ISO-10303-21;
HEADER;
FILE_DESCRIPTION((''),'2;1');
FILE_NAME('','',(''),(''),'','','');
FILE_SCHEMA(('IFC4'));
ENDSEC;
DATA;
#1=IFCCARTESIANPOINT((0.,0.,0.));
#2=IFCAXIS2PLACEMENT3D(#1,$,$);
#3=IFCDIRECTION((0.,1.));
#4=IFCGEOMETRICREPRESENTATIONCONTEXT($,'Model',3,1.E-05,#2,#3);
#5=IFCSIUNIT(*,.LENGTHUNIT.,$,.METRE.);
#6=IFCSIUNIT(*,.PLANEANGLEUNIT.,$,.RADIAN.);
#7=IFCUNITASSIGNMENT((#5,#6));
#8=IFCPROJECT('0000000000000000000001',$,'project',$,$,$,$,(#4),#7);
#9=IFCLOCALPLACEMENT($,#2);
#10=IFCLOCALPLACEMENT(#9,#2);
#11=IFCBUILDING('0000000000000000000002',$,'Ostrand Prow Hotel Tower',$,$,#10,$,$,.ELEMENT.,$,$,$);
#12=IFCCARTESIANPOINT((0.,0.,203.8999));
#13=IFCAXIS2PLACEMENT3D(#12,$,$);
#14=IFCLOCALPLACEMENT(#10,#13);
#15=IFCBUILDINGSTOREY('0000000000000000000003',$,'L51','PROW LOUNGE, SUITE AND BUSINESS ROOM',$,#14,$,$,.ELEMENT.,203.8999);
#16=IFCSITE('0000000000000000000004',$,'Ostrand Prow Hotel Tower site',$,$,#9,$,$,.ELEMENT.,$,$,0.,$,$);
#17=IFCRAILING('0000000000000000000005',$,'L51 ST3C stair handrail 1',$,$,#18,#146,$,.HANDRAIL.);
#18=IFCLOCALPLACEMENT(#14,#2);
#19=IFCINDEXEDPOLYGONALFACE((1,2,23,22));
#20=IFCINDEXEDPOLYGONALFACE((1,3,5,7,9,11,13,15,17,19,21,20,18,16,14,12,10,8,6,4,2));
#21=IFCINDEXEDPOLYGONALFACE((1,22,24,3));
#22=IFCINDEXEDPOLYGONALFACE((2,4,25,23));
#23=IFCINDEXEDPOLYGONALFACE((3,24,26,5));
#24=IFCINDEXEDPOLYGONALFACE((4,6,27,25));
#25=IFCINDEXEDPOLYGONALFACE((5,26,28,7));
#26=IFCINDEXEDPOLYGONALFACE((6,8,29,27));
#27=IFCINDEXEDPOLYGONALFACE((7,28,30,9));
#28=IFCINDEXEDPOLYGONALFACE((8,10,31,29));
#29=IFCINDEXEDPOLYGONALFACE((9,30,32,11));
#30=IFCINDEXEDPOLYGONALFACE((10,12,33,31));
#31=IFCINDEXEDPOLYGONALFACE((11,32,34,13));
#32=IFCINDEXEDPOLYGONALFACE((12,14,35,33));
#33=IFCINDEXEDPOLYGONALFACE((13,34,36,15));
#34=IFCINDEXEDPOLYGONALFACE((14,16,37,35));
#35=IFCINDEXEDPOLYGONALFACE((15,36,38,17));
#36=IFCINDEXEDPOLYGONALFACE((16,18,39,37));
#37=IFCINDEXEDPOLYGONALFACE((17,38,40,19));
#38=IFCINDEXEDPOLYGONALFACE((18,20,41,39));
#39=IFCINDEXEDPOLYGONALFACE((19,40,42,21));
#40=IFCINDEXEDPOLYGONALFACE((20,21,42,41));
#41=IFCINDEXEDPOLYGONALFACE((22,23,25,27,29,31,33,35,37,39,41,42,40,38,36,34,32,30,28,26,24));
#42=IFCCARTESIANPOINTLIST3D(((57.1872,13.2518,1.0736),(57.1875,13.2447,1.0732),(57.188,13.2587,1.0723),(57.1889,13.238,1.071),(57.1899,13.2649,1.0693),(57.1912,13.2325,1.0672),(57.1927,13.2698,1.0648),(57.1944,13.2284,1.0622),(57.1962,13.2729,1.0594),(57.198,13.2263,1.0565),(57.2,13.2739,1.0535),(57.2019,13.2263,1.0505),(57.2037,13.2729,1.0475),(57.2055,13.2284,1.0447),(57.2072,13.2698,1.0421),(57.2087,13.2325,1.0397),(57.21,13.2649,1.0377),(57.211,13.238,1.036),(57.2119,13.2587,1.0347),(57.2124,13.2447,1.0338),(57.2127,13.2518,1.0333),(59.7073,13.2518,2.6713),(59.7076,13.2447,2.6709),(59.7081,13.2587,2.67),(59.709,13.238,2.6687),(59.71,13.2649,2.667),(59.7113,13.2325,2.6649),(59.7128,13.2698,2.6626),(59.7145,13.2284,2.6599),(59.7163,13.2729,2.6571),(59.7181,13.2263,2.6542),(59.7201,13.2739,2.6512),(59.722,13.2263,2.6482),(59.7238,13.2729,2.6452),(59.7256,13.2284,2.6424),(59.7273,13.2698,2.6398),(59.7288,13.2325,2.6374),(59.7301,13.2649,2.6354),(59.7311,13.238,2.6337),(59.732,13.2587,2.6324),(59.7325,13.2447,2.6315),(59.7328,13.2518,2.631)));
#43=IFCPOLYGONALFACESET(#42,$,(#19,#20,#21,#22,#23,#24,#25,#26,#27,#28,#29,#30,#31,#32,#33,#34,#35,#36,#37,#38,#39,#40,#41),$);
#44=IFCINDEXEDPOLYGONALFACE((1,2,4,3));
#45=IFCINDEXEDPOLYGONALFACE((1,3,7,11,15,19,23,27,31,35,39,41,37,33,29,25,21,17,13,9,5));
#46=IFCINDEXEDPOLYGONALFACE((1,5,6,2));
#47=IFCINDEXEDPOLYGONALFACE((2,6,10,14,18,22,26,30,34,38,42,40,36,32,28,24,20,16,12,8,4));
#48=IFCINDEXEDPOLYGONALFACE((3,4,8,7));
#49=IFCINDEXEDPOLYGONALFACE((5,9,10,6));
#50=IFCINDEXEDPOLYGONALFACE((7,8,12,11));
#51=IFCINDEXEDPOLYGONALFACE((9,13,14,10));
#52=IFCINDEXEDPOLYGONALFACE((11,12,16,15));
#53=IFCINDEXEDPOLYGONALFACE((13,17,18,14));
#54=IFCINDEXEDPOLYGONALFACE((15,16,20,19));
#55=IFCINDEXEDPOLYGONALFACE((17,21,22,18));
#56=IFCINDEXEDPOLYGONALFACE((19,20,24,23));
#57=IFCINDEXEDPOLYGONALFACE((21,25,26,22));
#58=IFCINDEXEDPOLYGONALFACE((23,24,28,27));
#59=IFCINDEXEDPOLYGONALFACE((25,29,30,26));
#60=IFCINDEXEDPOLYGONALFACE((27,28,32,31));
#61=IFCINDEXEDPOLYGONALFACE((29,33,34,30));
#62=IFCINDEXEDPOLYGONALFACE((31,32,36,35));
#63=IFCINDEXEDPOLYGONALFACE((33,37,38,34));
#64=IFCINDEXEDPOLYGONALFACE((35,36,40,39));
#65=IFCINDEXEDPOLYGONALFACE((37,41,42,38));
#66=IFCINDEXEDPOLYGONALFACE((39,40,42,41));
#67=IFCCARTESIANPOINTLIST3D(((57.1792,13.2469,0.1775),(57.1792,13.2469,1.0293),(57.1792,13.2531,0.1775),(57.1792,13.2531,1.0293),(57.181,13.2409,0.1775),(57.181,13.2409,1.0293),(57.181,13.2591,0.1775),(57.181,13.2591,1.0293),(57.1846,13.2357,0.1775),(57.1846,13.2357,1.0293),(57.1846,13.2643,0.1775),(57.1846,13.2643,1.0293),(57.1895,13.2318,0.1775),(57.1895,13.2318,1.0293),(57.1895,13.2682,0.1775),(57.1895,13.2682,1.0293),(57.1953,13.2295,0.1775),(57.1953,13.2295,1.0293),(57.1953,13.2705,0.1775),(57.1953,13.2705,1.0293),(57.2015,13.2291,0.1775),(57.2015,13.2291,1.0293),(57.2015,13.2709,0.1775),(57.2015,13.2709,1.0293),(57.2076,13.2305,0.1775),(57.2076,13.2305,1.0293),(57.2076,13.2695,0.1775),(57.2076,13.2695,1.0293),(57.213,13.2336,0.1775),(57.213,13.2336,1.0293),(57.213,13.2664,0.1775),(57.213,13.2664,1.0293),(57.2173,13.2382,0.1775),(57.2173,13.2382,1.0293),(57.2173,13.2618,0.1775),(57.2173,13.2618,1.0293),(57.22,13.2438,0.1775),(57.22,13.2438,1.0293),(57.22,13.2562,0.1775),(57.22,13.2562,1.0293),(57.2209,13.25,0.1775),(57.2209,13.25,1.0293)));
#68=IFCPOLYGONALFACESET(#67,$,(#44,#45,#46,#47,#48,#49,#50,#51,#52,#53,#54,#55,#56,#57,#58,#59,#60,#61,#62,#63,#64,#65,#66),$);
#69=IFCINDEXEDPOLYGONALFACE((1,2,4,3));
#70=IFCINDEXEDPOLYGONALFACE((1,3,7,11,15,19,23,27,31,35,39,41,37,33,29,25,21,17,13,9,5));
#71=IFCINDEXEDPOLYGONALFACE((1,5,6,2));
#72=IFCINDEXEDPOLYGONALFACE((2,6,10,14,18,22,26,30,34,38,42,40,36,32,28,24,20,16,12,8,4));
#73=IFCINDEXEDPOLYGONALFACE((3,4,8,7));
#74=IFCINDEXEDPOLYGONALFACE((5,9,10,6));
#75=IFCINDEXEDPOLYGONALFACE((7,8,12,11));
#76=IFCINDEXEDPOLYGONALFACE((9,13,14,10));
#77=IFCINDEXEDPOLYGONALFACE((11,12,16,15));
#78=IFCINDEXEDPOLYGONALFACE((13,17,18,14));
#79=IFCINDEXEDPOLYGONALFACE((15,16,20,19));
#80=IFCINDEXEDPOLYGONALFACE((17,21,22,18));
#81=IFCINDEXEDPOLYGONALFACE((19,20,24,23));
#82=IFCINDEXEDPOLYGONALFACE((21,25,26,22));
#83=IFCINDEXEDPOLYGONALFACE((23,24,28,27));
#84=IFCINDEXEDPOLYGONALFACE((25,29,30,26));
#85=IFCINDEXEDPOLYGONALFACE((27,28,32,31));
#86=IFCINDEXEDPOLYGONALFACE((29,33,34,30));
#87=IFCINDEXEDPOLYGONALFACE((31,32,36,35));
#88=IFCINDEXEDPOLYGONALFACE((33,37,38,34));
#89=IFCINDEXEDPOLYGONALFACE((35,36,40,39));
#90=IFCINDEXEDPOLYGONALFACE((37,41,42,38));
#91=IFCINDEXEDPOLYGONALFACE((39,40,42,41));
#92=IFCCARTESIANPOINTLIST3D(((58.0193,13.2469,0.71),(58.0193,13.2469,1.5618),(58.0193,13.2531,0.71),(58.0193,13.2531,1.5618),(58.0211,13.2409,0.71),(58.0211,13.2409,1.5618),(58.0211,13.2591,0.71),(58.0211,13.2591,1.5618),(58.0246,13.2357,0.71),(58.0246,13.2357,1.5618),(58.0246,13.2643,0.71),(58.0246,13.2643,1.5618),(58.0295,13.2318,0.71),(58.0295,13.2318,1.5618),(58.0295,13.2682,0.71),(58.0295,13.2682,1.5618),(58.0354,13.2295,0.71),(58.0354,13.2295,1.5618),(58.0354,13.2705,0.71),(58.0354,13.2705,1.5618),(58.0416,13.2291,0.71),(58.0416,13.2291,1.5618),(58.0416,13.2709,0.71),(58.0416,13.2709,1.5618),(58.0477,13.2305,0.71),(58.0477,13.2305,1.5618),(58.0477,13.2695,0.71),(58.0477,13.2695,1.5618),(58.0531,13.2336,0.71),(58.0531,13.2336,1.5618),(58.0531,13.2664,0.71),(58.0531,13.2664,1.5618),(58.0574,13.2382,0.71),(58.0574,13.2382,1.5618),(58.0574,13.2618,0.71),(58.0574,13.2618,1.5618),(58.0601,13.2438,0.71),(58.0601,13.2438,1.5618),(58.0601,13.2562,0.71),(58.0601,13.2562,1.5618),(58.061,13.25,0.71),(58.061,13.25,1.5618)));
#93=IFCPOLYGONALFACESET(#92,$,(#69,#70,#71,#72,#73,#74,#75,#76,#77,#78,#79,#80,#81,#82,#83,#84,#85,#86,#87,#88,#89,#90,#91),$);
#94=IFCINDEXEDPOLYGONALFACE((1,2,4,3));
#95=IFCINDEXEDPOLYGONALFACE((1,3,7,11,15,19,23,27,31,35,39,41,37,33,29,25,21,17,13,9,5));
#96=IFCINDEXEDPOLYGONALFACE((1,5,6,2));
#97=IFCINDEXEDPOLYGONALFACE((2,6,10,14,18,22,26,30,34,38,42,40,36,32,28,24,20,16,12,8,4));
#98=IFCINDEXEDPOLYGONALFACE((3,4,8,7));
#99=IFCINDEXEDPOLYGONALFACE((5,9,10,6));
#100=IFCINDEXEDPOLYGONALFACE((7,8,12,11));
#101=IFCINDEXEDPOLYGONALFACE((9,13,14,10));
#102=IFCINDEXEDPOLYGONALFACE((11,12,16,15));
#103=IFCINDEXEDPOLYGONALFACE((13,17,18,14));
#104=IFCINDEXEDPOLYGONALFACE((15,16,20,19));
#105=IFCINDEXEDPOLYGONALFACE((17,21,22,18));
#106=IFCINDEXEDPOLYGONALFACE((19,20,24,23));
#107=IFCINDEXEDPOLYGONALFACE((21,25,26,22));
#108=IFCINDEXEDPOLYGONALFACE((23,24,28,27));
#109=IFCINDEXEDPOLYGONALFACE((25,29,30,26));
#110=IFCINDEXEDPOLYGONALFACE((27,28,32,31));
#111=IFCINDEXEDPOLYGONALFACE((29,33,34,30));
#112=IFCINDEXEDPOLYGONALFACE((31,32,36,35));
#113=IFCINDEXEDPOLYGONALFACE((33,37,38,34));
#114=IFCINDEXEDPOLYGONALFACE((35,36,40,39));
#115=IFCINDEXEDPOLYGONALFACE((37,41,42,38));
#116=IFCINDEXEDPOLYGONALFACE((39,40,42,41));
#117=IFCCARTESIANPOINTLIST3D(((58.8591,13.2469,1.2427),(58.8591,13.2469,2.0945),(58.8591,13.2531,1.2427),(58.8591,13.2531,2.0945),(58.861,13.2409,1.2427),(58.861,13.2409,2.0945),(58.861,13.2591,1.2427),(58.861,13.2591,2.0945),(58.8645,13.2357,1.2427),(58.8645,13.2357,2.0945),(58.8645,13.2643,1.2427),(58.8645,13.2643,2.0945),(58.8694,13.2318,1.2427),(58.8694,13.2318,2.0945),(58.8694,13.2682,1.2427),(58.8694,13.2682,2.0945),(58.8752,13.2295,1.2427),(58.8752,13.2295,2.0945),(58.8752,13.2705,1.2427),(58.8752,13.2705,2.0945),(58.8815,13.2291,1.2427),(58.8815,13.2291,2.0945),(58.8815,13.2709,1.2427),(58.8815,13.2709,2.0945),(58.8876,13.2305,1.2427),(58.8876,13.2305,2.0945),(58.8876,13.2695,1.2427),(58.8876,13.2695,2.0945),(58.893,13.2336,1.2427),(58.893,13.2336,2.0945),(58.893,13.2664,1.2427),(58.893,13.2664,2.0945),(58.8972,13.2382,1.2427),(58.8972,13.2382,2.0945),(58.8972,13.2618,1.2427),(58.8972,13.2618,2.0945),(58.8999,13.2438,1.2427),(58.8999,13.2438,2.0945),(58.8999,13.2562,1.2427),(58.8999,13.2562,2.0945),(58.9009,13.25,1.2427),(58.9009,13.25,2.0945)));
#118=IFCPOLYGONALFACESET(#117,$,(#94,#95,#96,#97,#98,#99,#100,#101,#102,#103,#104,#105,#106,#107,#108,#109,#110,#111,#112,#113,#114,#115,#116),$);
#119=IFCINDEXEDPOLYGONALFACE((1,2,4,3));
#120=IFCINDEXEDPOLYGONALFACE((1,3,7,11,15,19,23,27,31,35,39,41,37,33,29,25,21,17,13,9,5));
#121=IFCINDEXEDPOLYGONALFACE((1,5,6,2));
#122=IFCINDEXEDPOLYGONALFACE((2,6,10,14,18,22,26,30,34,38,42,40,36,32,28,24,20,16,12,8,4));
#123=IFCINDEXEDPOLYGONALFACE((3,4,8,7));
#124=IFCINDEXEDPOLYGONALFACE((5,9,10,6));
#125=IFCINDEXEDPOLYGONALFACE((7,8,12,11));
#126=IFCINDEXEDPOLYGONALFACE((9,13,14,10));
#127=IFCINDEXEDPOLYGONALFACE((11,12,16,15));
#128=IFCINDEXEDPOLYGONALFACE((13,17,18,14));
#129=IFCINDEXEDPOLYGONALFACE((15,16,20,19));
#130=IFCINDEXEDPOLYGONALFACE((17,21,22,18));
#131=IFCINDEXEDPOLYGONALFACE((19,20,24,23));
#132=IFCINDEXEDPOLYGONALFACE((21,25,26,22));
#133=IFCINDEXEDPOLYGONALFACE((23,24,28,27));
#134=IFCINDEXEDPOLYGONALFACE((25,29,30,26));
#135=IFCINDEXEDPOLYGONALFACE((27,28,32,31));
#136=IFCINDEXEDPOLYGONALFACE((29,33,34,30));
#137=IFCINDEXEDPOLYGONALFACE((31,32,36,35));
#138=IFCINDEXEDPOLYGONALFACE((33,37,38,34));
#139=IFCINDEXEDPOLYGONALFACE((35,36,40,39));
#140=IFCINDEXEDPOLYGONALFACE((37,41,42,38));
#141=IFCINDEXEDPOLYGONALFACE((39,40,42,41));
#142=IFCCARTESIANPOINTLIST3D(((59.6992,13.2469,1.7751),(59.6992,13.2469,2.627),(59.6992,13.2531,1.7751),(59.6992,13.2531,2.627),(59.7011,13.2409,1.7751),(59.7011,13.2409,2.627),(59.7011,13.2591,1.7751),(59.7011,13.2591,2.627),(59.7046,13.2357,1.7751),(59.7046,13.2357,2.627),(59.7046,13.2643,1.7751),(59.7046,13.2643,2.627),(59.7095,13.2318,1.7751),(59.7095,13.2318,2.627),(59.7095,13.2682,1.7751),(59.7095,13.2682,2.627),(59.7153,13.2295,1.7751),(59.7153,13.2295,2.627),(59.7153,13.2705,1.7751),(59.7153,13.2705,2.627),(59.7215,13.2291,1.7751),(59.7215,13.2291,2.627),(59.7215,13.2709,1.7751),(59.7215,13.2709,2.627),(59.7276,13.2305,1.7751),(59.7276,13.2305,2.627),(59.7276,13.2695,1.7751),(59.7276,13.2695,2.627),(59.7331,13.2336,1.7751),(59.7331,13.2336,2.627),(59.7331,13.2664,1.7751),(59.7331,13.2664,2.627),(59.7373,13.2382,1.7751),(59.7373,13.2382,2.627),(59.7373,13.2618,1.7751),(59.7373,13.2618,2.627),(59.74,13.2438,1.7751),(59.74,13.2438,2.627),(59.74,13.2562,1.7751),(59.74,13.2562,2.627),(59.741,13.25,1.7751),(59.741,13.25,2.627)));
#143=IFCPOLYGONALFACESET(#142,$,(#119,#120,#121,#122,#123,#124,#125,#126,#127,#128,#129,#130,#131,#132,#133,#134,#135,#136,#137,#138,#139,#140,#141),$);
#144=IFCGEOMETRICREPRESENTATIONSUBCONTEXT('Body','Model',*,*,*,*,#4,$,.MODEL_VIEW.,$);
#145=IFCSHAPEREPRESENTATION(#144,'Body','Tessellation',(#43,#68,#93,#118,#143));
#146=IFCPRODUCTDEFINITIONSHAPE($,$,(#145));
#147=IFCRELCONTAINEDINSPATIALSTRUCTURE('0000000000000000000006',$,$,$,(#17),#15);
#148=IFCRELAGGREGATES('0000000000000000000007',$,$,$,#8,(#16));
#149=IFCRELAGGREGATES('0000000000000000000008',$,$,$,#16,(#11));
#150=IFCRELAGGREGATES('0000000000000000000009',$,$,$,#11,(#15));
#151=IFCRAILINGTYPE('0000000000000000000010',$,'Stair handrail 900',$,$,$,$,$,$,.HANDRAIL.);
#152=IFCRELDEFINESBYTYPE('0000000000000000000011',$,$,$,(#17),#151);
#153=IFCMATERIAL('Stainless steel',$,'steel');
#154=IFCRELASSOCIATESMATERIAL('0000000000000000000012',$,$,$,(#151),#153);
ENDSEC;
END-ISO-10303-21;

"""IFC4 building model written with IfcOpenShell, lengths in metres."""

from ifc_helpers import new_model, si_unit, direction, frame, origin, origin_2d, place, context, subcontext, project, spatial, circle, extrude, material, type_object, element, save


model = new_model("IFC4")

# Units and contexts
model_context = context("Model", 3, precision=1e-05, world=origin(), true_north=direction((0.0, 1.0)))
body_context = subcontext(model_context, "Body", "Model", "MODEL_VIEW")
ifc_project = project(units=[si_unit("LENGTHUNIT", "METRE"), si_unit("PLANEANGLEUNIT", "RADIAN")], contexts=[model_context])

# Site, building, storey
site_placement = place(None, origin())
site = spatial("IfcSite", under=ifc_project, at=site_placement, Name="Ostrand Prow Hotel Tower site", CompositionType="ELEMENT", RefElevation=0.0)
building_placement = place(site_placement, origin())
building = spatial("IfcBuilding", under=site, at=building_placement, Name="Ostrand Prow Hotel Tower", CompositionType="ELEMENT")
storey_placement = place(building_placement, frame((0.0, 0.0, 203.8999)))
storey = spatial("IfcBuildingStorey", under=building, at=storey_placement, Name="L51", Description="PROW LOUNGE, SUITE AND BUSINESS ROOM", CompositionType="ELEMENT", Elevation=203.8999)

# Railing
ifc_material_1 = material(Name="Stainless steel", Category="steel")
railing_type_1 = type_object("IfcRailingType", Name="Stair handrail 900", PredefinedType="HANDRAIL", material=ifc_material_1)
railing_1_placement = place(storey_placement, frame((57.2, 13.25, 0.1775)))
element("IfcRailing", 1, at=railing_1_placement, inside=storey, type_object=railing_type_1, Name="L51 ST3C stair handrail 1", PredefinedType="HANDRAIL", context=body_context, shape_type="SweptSolid", body=[
    extrude(circle(Radius=0.0239, at=origin_2d()), frame((0.0, 0.0, 0.876), z_axis=(0.84457, 0.0, 0.535445), x_axis=(0.0, 1.0, 0.0)), (0.0, 0.0, 1.0), 2.9839),
    extrude(circle(Radius=0.021, at=origin_2d()), origin(), (0.0, 0.0, 1.0), 0.8518),
    extrude(circle(Radius=0.021, at=origin_2d()), frame((0.8401, 0.0, 0.5325)), (0.0, 0.0, 1.0), 0.8518),
    extrude(circle(Radius=0.021, at=origin_2d()), frame((1.6799, 0.0, 1.0652)), (0.0, 0.0, 1.0), 0.8518),
    extrude(circle(Radius=0.021, at=origin_2d()), frame((2.52, 0.0, 1.5977)), (0.0, 0.0, 1.0), 0.8518),
])

save(model, "model.ifc")
